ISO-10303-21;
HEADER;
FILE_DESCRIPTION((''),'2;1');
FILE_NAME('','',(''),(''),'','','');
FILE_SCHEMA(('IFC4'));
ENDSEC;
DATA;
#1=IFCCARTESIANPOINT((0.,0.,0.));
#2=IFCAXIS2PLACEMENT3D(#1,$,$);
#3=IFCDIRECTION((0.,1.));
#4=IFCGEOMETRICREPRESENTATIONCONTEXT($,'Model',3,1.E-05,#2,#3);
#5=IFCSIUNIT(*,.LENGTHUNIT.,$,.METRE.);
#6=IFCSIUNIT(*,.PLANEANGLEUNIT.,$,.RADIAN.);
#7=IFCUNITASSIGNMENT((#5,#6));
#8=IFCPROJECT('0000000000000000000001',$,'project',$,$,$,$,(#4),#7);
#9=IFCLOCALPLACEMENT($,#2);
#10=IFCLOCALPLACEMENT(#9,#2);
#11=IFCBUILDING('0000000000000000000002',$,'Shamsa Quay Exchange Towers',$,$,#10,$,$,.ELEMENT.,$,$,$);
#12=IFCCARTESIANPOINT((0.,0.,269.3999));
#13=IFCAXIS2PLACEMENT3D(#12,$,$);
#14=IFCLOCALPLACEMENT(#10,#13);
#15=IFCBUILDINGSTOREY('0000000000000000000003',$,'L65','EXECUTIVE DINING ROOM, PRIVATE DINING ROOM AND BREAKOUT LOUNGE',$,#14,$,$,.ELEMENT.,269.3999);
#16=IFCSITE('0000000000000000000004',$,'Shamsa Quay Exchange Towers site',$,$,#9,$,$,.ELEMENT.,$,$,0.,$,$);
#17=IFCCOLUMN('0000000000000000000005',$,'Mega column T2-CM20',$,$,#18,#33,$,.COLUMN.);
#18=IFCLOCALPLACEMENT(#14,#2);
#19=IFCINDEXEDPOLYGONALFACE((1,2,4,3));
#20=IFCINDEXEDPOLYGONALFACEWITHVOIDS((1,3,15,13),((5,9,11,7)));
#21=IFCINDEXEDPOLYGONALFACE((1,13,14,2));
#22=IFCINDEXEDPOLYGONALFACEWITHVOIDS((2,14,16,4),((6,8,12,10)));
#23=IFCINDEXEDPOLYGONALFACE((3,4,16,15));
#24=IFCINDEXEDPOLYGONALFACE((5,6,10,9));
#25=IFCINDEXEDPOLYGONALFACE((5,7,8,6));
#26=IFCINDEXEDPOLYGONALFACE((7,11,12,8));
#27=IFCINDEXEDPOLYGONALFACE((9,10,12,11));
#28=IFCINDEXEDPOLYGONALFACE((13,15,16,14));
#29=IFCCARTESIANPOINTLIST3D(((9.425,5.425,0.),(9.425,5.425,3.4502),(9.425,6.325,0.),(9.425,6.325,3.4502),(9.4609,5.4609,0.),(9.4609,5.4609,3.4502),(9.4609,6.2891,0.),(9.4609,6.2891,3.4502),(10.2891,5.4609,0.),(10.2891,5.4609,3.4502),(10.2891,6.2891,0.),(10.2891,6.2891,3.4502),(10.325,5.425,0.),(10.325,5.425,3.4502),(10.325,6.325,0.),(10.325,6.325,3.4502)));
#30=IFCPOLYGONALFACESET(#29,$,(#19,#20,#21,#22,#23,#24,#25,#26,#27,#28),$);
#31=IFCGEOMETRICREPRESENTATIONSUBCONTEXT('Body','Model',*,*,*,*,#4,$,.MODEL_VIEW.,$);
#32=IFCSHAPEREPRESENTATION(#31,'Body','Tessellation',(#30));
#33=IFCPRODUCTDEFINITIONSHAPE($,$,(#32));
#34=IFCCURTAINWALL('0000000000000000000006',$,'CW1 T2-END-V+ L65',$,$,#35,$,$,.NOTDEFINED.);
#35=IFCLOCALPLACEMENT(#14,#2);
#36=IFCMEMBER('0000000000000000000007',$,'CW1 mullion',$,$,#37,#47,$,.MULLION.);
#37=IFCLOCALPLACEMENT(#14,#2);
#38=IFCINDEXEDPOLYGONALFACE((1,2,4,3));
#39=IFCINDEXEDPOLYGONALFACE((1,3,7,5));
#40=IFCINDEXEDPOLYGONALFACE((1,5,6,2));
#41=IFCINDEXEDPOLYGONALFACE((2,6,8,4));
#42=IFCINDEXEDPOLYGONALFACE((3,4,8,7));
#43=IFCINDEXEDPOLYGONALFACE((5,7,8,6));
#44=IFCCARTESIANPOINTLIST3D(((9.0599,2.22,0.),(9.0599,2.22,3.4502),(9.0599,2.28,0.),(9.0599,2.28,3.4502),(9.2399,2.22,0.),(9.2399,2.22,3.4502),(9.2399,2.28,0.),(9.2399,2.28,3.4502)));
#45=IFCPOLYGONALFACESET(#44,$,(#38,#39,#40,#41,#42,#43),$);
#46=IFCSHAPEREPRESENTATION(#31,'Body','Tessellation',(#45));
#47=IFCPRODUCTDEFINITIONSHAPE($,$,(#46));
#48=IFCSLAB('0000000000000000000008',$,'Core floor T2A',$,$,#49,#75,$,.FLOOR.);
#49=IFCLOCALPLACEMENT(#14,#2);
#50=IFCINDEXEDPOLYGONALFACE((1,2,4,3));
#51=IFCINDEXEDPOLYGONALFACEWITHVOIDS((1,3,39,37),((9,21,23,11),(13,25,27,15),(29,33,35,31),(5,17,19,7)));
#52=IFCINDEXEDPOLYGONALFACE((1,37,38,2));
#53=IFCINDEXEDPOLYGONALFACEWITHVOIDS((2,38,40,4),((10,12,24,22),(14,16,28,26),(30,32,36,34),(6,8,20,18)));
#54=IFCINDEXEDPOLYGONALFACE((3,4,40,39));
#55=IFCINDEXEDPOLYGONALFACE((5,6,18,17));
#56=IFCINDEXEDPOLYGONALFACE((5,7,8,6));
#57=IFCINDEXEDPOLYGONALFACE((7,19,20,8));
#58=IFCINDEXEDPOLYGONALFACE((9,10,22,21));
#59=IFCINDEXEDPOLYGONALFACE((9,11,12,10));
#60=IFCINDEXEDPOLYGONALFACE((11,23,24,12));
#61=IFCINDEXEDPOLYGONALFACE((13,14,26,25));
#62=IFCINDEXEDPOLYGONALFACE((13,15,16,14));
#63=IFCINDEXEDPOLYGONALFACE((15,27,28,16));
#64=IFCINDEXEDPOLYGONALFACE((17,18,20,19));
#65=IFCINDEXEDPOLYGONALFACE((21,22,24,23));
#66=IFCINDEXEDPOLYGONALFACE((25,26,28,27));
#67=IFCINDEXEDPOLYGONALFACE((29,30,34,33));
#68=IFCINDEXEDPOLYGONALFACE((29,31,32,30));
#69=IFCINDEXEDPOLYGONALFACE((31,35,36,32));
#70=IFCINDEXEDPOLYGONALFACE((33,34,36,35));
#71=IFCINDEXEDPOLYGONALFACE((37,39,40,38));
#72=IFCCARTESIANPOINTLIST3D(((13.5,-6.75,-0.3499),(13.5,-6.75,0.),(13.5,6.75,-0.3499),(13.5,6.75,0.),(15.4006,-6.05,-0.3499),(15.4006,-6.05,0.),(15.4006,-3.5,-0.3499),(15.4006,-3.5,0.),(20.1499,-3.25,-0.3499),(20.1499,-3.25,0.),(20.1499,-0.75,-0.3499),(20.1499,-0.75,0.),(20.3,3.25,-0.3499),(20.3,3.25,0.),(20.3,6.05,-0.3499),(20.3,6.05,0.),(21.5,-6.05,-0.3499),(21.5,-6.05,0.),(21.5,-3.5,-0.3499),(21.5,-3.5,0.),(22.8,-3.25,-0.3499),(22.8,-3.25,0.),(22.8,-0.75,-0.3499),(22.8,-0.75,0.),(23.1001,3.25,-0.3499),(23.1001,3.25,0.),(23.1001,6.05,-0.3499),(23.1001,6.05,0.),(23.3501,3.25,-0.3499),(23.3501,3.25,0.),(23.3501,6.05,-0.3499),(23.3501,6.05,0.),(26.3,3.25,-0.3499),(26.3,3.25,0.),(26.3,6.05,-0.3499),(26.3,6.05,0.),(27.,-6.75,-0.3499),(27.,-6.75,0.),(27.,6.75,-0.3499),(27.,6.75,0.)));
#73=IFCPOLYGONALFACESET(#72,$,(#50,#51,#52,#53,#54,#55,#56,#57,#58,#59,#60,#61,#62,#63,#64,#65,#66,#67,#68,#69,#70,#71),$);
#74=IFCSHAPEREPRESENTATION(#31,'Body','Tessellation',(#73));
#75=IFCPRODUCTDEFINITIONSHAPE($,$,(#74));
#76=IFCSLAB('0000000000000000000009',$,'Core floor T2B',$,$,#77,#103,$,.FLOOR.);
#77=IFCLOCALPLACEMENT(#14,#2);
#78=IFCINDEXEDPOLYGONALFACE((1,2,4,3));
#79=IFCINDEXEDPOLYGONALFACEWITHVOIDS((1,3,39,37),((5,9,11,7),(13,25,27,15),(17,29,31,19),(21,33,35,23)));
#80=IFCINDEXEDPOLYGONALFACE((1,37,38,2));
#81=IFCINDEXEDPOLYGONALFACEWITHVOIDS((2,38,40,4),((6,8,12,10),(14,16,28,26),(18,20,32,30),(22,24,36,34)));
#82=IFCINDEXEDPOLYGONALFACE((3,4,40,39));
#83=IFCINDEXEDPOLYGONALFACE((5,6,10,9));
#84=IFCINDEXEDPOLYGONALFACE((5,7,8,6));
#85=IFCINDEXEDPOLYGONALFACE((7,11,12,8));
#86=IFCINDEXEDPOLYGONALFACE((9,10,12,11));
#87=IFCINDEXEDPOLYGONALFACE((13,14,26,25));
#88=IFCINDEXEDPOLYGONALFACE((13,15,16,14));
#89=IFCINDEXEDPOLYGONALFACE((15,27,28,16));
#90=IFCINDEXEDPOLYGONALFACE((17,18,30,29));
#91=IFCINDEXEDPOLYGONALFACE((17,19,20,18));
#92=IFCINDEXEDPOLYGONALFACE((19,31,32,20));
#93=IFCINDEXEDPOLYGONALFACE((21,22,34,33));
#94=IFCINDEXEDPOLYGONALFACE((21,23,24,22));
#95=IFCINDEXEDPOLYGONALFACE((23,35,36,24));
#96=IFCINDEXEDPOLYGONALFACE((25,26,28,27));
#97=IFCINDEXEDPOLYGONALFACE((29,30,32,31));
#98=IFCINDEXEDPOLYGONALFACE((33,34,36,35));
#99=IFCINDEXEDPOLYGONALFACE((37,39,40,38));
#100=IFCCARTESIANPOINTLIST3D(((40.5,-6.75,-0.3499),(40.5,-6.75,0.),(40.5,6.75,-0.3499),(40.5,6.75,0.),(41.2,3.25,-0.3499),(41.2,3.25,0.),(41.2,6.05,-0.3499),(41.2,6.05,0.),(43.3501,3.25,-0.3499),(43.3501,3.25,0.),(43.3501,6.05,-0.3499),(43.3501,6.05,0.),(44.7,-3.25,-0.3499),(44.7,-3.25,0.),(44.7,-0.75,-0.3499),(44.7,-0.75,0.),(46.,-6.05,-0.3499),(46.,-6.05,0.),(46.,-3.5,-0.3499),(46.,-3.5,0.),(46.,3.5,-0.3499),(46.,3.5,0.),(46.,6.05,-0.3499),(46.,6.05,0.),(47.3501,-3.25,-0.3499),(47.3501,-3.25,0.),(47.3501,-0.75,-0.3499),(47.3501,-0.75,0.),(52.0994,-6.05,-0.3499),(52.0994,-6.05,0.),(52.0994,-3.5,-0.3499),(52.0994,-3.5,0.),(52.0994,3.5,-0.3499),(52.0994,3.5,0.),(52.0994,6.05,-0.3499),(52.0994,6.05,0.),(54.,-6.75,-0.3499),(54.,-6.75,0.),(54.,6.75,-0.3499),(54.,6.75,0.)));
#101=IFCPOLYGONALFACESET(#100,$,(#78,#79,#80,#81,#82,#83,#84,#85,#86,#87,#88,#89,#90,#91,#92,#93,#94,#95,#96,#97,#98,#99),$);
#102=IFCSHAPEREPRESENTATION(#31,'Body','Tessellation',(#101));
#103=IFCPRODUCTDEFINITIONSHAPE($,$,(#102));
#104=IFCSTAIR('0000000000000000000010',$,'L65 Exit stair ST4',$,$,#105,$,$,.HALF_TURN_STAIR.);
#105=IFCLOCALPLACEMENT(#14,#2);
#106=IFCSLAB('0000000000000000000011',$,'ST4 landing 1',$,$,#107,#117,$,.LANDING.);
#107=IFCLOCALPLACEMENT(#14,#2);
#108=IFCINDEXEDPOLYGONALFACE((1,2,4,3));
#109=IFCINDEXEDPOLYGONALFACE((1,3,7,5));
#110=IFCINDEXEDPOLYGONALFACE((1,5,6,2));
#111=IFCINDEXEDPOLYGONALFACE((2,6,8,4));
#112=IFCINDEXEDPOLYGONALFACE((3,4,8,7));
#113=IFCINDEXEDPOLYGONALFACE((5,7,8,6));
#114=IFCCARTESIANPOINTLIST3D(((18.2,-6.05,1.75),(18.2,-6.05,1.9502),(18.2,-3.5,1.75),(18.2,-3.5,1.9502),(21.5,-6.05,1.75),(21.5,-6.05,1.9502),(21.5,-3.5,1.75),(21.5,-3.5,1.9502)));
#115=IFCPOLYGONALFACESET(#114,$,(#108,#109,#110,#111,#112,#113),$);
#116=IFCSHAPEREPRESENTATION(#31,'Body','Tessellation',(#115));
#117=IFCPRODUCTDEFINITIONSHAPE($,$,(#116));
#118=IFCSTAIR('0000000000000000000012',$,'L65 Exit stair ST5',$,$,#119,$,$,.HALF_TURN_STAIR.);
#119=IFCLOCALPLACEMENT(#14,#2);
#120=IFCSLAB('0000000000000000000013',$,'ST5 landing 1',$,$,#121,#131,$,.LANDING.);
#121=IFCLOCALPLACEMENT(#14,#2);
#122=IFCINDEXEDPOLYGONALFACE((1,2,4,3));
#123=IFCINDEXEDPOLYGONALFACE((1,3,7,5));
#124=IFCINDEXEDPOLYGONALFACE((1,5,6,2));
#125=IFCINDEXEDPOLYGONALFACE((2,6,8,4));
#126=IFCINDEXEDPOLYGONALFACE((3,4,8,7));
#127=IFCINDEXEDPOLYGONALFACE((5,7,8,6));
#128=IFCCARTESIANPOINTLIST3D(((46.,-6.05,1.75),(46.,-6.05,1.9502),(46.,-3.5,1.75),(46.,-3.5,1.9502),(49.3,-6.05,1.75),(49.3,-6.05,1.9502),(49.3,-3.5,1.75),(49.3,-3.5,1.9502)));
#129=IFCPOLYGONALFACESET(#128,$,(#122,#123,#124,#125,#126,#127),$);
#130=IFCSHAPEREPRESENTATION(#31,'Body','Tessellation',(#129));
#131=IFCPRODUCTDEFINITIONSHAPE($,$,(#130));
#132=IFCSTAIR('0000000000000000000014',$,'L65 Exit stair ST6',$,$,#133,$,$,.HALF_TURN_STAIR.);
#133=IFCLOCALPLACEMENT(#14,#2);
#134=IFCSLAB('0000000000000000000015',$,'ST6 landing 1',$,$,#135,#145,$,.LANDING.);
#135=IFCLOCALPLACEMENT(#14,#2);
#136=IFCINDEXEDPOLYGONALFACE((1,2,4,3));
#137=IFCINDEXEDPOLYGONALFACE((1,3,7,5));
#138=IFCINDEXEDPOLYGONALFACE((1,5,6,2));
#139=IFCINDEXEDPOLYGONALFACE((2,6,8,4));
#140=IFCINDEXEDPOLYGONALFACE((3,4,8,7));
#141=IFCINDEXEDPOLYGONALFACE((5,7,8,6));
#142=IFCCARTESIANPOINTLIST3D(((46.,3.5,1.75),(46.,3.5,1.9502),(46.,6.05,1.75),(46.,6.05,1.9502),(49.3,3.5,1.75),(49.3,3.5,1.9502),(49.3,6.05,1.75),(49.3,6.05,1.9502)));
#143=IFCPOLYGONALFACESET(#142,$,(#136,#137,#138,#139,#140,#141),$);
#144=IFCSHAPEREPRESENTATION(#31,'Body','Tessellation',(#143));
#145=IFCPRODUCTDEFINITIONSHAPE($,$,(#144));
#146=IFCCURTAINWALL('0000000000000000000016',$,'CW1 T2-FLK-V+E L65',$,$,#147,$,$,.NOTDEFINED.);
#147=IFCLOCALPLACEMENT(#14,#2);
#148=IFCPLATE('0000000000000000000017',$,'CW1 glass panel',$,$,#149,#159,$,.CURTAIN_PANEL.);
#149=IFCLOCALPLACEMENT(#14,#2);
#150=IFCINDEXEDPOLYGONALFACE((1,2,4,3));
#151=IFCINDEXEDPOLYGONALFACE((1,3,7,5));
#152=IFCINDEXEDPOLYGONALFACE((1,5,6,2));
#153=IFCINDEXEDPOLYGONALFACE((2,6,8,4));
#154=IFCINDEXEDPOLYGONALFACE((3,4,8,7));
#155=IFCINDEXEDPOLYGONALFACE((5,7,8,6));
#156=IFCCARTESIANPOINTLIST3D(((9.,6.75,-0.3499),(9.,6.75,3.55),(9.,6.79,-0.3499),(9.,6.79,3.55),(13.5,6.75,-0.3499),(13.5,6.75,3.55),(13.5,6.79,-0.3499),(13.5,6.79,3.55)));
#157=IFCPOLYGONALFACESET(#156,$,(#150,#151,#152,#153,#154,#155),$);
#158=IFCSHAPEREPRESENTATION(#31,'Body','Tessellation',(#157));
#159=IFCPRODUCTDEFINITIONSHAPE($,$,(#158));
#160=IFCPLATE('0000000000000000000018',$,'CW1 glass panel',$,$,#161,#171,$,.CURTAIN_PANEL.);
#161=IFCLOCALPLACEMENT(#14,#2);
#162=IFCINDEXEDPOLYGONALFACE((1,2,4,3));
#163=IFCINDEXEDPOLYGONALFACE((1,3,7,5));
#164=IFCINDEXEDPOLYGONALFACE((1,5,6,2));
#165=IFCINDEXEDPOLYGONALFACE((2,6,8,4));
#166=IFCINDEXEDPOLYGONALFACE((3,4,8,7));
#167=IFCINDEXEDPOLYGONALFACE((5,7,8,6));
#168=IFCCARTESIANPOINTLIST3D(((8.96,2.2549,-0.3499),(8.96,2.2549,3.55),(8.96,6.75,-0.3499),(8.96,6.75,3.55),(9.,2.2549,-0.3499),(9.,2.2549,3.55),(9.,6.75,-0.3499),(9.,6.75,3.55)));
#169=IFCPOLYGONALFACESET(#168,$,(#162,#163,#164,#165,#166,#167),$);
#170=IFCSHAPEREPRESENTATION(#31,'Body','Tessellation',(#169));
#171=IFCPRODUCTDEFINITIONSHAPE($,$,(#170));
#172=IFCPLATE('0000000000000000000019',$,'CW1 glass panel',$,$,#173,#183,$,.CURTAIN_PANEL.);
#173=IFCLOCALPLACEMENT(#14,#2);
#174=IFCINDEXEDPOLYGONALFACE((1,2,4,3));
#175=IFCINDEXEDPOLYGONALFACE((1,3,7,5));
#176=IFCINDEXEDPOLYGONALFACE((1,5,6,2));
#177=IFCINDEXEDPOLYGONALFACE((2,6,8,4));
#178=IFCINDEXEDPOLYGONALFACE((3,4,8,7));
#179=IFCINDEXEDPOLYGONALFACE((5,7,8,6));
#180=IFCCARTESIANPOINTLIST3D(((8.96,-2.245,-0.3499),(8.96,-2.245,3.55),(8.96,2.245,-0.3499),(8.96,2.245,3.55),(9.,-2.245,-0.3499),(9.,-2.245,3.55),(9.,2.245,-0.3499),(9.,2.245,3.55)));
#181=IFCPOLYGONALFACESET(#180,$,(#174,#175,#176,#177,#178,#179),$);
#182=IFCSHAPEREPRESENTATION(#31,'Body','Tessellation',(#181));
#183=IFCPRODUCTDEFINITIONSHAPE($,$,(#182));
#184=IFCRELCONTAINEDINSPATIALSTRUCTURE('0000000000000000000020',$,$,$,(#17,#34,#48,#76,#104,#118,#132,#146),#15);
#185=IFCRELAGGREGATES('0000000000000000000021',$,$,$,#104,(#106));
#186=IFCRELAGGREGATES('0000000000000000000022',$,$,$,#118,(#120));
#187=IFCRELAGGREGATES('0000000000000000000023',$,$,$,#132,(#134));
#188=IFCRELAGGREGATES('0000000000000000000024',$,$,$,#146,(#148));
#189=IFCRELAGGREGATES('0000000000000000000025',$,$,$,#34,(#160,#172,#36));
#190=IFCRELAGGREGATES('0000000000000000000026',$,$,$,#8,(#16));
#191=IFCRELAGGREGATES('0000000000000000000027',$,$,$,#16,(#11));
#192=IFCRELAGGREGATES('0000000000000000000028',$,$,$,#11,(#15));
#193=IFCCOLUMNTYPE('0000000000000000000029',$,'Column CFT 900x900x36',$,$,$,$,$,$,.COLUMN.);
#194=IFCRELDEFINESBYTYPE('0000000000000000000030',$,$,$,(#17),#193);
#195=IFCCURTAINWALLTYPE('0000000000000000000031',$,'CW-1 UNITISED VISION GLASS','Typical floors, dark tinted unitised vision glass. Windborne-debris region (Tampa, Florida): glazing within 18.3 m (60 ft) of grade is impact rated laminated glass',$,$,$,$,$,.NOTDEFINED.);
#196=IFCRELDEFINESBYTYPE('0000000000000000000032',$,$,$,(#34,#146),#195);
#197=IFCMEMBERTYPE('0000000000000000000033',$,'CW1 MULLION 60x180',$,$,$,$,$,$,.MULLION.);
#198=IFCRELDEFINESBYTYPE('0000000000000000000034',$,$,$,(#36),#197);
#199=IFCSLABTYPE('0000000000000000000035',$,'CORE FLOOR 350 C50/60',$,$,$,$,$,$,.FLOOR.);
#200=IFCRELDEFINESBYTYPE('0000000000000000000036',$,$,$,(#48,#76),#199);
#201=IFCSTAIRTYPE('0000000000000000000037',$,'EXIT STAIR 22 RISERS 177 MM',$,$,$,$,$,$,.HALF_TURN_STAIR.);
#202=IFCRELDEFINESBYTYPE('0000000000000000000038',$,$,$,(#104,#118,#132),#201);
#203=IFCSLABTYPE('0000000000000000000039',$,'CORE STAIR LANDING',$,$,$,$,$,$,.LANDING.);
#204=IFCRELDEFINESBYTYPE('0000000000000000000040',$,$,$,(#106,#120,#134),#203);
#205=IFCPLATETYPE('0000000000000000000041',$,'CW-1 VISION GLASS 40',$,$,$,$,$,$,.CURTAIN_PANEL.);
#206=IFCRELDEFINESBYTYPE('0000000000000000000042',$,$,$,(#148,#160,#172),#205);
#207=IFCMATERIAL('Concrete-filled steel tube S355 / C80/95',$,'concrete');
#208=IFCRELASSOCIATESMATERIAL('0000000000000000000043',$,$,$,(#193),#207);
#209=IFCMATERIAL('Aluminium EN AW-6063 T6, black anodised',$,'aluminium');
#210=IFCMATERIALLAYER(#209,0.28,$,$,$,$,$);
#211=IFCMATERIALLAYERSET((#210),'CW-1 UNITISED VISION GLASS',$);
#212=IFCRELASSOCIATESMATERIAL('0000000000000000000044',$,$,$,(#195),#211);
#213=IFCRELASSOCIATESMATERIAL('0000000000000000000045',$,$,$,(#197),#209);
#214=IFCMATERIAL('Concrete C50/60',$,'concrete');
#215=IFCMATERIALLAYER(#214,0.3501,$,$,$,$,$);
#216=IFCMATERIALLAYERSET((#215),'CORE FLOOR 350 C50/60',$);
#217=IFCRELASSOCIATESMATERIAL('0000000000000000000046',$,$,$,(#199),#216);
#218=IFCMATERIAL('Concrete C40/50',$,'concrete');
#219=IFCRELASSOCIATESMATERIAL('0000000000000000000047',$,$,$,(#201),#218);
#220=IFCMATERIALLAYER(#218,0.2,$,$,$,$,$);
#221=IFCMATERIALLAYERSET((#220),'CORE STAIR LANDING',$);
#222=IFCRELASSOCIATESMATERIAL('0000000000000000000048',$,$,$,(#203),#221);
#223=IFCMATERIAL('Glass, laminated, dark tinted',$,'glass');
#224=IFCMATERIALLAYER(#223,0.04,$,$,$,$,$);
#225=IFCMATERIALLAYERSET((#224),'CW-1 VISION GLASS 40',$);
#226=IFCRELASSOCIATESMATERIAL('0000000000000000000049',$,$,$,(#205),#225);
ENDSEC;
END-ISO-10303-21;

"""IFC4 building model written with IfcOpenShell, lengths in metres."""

from ifc_helpers import new_model, si_unit, direction, frame, origin, origin_2d, place, context, subcontext, project, spatial, polyline, rectangle, hollow_rectangle, outline, extrude, material, layer, layer_set, material_profile, profile_set, type_object, element, aggregate, save


model = new_model("IFC4")

# Units and contexts
model_context = context("Model", 3, precision=1e-05, world=origin(), true_north=direction((0.0, 1.0)))
body_context = subcontext(model_context, "Body", "Model", "MODEL_VIEW")
ifc_project = project(units=[si_unit("LENGTHUNIT", "METRE"), si_unit("PLANEANGLEUNIT", "RADIAN")], contexts=[model_context])

# Site, building, storey
site_placement = place(None, origin())
site = spatial("IfcSite", under=ifc_project, at=site_placement, Name="Shamsa Quay Exchange Towers site", CompositionType="ELEMENT", RefElevation=0.0)
building_placement = place(site_placement, origin())
building = spatial("IfcBuilding", under=site, at=building_placement, Name="Shamsa Quay Exchange Towers", CompositionType="ELEMENT")
storey_placement = place(building_placement, frame((0.0, 0.0, 269.3999)))
storey = spatial("IfcBuildingStorey", under=building, at=storey_placement, Name="L65", Description="EXECUTIVE DINING ROOM, PRIVATE DINING ROOM AND BREAKOUT LOUNGE", CompositionType="ELEMENT", Elevation=269.3999)

# Column
ifc_material_1 = material(Name="Concrete-filled steel tube S355 / C80/95", Category="concrete")
ifc_material_profile_1 = material_profile(ifc_material_1, hollow_rectangle(XDim=0.8999, YDim=0.8999, WallThickness=0.0359, at=origin_2d()), Name="CFT 900x900x36")
ifc_profile_set_1 = profile_set([ifc_material_profile_1], Name="Concrete-filled steel tube S355 / C80/95")
column_type = type_object("IfcColumnType", Name="Column CFT 900x900x36", PredefinedType="COLUMN", material=ifc_profile_set_1)
column_placement = place(storey_placement, frame((9.875, 5.875, 0.0)))
element("IfcColumn", 1, at=column_placement, inside=storey, type_object=column_type, Name="Mega column T2-CM20", PredefinedType="COLUMN", context=body_context, shape_type="SweptSolid", body=[
    extrude(hollow_rectangle(XDim=0.8999, YDim=0.8999, WallThickness=0.0359, at=origin_2d()), origin(), (0.0, 0.0, 1.0), 3.4502),
])

# Curtain wall, member
ifc_material_2 = material(Name="Aluminium EN AW-6063 T6, black anodised", Category="aluminium")
ifc_layer_1 = layer(ifc_material_2, 0.28)
ifc_layer_set_1 = layer_set([ifc_layer_1], Name="CW-1 UNITISED VISION GLASS")
curtain_wall_type_1 = type_object("IfcCurtainWallType", Name="CW-1 UNITISED VISION GLASS", Description="Typical floors, dark tinted unitised vision glass. Windborne-debris region (Tampa, Florida): glazing within 18.3 m (60 ft) of grade is impact rated laminated glass", PredefinedType="NOTDEFINED", material=ifc_layer_set_1)
curtain_wall_1_placement = place(storey_placement, origin())
curtain_wall_1 = element("IfcCurtainWall", 2, at=curtain_wall_1_placement, inside=storey, type_object=curtain_wall_type_1, Name="CW1 T2-END-V+ L65", PredefinedType="NOTDEFINED")
ifc_material_profile_2 = material_profile(ifc_material_2, rectangle(XDim=0.1799, YDim=0.0601, at=origin_2d()), Name="MU60x180")
ifc_profile_set_2 = profile_set([ifc_material_profile_2], Name="Aluminium EN AW-6063 T6, black anodised")
member_type = type_object("IfcMemberType", Name="CW1 MULLION 60x180", PredefinedType="MULLION", material=ifc_profile_set_2)
member_placement = place(storey_placement, frame((9.1499, 2.25, 0.0)))
member = element("IfcMember", 3, at=member_placement, type_object=member_type, Name="CW1 mullion", PredefinedType="MULLION", context=body_context, shape_type="SweptSolid", body=[
    extrude(rectangle(XDim=0.1799, YDim=0.0601, at=origin_2d()), origin(), (0.0, 0.0, 1.0), 3.4502),
])

# Slabs
ifc_material_3 = material(Name="Concrete C50/60", Category="concrete")
ifc_layer_2 = layer(ifc_material_3, 0.3501)
ifc_layer_set_2 = layer_set([ifc_layer_2], Name="CORE FLOOR 350 C50/60")
slab_type_1 = type_object("IfcSlabType", Name="CORE FLOOR 350 C50/60", PredefinedType="FLOOR", material=ifc_layer_set_2)
slab_1_placement = place(storey_placement, frame((0.0, 0.0, -0.3499)))
element("IfcSlab", 4, at=slab_1_placement, inside=storey, type_object=slab_type_1, Name="Core floor T2A", PredefinedType="FLOOR", context=body_context, shape_type="SweptSolid", body=[
    extrude(outline(polyline([(13.5, -6.75), (27.0, -6.75), (27.0, 6.75), (13.5, 6.75), (13.5, -6.75)]), holes=[polyline([(15.4006, -6.05), (15.4006, -3.5), (21.5, -3.5), (21.5, -6.05), (15.4006, -6.05)]), polyline([(20.3, 3.25), (20.3, 6.05), (23.1001, 6.05), (23.1001, 3.25), (20.3, 3.25)]), polyline([(23.3501, 3.25), (23.3501, 6.05), (26.3, 6.05), (26.3, 3.25), (23.3501, 3.25)]), polyline([(20.1499, -3.25), (20.1499, -0.75), (22.8, -0.75), (22.8, -3.25), (20.1499, -3.25)])]), origin(), (0.0, 0.0, 1.0), 0.3499),
])
slab_2_placement = place(storey_placement, frame((0.0, 0.0, -0.3499)))
element("IfcSlab", 5, at=slab_2_placement, inside=storey, type_object=slab_type_1, Name="Core floor T2B", PredefinedType="FLOOR", context=body_context, shape_type="SweptSolid", body=[
    extrude(outline(polyline([(54.0, -6.75), (54.0, 6.75), (40.5, 6.75), (40.5, -6.75), (54.0, -6.75)]), holes=[polyline([(52.0994, -3.5), (52.0994, -6.05), (46.0, -6.05), (46.0, -3.5), (52.0994, -3.5)]), polyline([(52.0994, 6.05), (52.0994, 3.5), (46.0, 3.5), (46.0, 6.05), (52.0994, 6.05)]), polyline([(43.3501, 3.25), (41.2, 3.25), (41.2, 6.05), (43.3501, 6.05), (43.3501, 3.25)]), polyline([(47.3501, -3.25), (44.7, -3.25), (44.7, -0.75), (47.3501, -0.75), (47.3501, -3.25)])]), origin(), (0.0, 0.0, 1.0), 0.3499),
])

# Stairs, slabs
ifc_material_4 = material(Name="Concrete C40/50", Category="concrete")
stair_type = type_object("IfcStairType", Name="EXIT STAIR 22 RISERS 177 MM", PredefinedType="HALF_TURN_STAIR", material=ifc_material_4)
stair_1_placement = place(storey_placement, origin())
stair_1 = element("IfcStair", 6, at=stair_1_placement, inside=storey, type_object=stair_type, Name="L65 Exit stair ST4", PredefinedType="HALF_TURN_STAIR")
ifc_layer_3 = layer(ifc_material_4, 0.2)
ifc_layer_set_3 = layer_set([ifc_layer_3], Name="CORE STAIR LANDING")
slab_type_2 = type_object("IfcSlabType", Name="CORE STAIR LANDING", PredefinedType="LANDING", material=ifc_layer_set_3)
slab_3_placement = place(storey_placement, frame((0.0, 0.0, 1.75)))
slab_3 = element("IfcSlab", 7, at=slab_3_placement, type_object=slab_type_2, Name="ST4 landing 1", PredefinedType="LANDING", context=body_context, shape_type="SweptSolid", body=[
    extrude(outline(polyline([(18.2, -6.05), (21.5, -6.05), (21.5, -3.5), (18.2, -3.5), (18.2, -6.05)])), origin(), (0.0, 0.0, 1.0), 0.2002),
])
aggregate(stair_1, [slab_3])
stair_2_placement = place(storey_placement, origin())
stair_2 = element("IfcStair", 8, at=stair_2_placement, inside=storey, type_object=stair_type, Name="L65 Exit stair ST5", PredefinedType="HALF_TURN_STAIR")
slab_4_placement = place(storey_placement, frame((0.0, 0.0, 1.75)))
slab_4 = element("IfcSlab", 9, at=slab_4_placement, type_object=slab_type_2, Name="ST5 landing 1", PredefinedType="LANDING", context=body_context, shape_type="SweptSolid", body=[
    extrude(outline(polyline([(49.3, -3.5), (46.0, -3.5), (46.0, -6.05), (49.3, -6.05), (49.3, -3.5)])), origin(), (0.0, 0.0, 1.0), 0.2002),
])
aggregate(stair_2, [slab_4])
stair_3_placement = place(storey_placement, origin())
stair_3 = element("IfcStair", 10, at=stair_3_placement, inside=storey, type_object=stair_type, Name="L65 Exit stair ST6", PredefinedType="HALF_TURN_STAIR")
slab_5_placement = place(storey_placement, frame((0.0, 0.0, 1.75)))
slab_5 = element("IfcSlab", 11, at=slab_5_placement, type_object=slab_type_2, Name="ST6 landing 1", PredefinedType="LANDING", context=body_context, shape_type="SweptSolid", body=[
    extrude(outline(polyline([(49.3, 6.05), (46.0, 6.05), (46.0, 3.5), (49.3, 3.5), (49.3, 6.05)])), origin(), (0.0, 0.0, 1.0), 0.2002),
])
aggregate(stair_3, [slab_5])

# Curtain wall, plate
curtain_wall_2_placement = place(storey_placement, origin())
curtain_wall_2 = element("IfcCurtainWall", 12, at=curtain_wall_2_placement, inside=storey, type_object=curtain_wall_type_1, Name="CW1 T2-FLK-V+E L65", PredefinedType="NOTDEFINED")
ifc_material_5 = material(Name="Glass, laminated, dark tinted", Category="glass")
ifc_layer_4 = layer(ifc_material_5, 0.04)
ifc_layer_set_4 = layer_set([ifc_layer_4], Name="CW-1 VISION GLASS 40")
plate_type_1 = type_object("IfcPlateType", Name="CW-1 VISION GLASS 40", PredefinedType="CURTAIN_PANEL", material=ifc_layer_set_4)
plate_1_placement = place(storey_placement, frame((11.25, 6.77, -0.3499), z_axis=(0.0, 0.0, 1.0), x_axis=(-1.0, 0.0, 0.0)))
plate_1 = element("IfcPlate", 13, at=plate_1_placement, type_object=plate_type_1, Name="CW1 glass panel", PredefinedType="CURTAIN_PANEL", context=body_context, shape_type="SweptSolid", body=[
    extrude(rectangle(XDim=4.5, YDim=0.04, at=origin_2d()), origin(), (0.0, 0.0, 1.0), 3.8999),
])
aggregate(curtain_wall_2, [plate_1])

# Plates
plate_2_placement = place(storey_placement, frame((8.98, 4.5024, -0.3499), z_axis=(0.0, 0.0, 1.0), x_axis=(0.0, -1.0, 0.0)))
plate_2 = element("IfcPlate", 14, at=plate_2_placement, type_object=plate_type_1, Name="CW1 glass panel", PredefinedType="CURTAIN_PANEL", context=body_context, shape_type="SweptSolid", body=[
    extrude(rectangle(XDim=4.4951, YDim=0.04, at=origin_2d()), origin(), (0.0, 0.0, 1.0), 3.8999),
])
plate_3_placement = place(storey_placement, frame((8.98, 0.0, -0.3499), z_axis=(0.0, 0.0, 1.0), x_axis=(0.0, -1.0, 0.0)))
plate_3 = element("IfcPlate", 15, at=plate_3_placement, type_object=plate_type_1, Name="CW1 glass panel", PredefinedType="CURTAIN_PANEL", context=body_context, shape_type="SweptSolid", body=[
    extrude(rectangle(XDim=4.49, YDim=0.04, at=origin_2d()), origin(), (0.0, 0.0, 1.0), 3.8999),
])
aggregate(curtain_wall_1, [plate_2, plate_3, member])

save(model, "model.ifc")
